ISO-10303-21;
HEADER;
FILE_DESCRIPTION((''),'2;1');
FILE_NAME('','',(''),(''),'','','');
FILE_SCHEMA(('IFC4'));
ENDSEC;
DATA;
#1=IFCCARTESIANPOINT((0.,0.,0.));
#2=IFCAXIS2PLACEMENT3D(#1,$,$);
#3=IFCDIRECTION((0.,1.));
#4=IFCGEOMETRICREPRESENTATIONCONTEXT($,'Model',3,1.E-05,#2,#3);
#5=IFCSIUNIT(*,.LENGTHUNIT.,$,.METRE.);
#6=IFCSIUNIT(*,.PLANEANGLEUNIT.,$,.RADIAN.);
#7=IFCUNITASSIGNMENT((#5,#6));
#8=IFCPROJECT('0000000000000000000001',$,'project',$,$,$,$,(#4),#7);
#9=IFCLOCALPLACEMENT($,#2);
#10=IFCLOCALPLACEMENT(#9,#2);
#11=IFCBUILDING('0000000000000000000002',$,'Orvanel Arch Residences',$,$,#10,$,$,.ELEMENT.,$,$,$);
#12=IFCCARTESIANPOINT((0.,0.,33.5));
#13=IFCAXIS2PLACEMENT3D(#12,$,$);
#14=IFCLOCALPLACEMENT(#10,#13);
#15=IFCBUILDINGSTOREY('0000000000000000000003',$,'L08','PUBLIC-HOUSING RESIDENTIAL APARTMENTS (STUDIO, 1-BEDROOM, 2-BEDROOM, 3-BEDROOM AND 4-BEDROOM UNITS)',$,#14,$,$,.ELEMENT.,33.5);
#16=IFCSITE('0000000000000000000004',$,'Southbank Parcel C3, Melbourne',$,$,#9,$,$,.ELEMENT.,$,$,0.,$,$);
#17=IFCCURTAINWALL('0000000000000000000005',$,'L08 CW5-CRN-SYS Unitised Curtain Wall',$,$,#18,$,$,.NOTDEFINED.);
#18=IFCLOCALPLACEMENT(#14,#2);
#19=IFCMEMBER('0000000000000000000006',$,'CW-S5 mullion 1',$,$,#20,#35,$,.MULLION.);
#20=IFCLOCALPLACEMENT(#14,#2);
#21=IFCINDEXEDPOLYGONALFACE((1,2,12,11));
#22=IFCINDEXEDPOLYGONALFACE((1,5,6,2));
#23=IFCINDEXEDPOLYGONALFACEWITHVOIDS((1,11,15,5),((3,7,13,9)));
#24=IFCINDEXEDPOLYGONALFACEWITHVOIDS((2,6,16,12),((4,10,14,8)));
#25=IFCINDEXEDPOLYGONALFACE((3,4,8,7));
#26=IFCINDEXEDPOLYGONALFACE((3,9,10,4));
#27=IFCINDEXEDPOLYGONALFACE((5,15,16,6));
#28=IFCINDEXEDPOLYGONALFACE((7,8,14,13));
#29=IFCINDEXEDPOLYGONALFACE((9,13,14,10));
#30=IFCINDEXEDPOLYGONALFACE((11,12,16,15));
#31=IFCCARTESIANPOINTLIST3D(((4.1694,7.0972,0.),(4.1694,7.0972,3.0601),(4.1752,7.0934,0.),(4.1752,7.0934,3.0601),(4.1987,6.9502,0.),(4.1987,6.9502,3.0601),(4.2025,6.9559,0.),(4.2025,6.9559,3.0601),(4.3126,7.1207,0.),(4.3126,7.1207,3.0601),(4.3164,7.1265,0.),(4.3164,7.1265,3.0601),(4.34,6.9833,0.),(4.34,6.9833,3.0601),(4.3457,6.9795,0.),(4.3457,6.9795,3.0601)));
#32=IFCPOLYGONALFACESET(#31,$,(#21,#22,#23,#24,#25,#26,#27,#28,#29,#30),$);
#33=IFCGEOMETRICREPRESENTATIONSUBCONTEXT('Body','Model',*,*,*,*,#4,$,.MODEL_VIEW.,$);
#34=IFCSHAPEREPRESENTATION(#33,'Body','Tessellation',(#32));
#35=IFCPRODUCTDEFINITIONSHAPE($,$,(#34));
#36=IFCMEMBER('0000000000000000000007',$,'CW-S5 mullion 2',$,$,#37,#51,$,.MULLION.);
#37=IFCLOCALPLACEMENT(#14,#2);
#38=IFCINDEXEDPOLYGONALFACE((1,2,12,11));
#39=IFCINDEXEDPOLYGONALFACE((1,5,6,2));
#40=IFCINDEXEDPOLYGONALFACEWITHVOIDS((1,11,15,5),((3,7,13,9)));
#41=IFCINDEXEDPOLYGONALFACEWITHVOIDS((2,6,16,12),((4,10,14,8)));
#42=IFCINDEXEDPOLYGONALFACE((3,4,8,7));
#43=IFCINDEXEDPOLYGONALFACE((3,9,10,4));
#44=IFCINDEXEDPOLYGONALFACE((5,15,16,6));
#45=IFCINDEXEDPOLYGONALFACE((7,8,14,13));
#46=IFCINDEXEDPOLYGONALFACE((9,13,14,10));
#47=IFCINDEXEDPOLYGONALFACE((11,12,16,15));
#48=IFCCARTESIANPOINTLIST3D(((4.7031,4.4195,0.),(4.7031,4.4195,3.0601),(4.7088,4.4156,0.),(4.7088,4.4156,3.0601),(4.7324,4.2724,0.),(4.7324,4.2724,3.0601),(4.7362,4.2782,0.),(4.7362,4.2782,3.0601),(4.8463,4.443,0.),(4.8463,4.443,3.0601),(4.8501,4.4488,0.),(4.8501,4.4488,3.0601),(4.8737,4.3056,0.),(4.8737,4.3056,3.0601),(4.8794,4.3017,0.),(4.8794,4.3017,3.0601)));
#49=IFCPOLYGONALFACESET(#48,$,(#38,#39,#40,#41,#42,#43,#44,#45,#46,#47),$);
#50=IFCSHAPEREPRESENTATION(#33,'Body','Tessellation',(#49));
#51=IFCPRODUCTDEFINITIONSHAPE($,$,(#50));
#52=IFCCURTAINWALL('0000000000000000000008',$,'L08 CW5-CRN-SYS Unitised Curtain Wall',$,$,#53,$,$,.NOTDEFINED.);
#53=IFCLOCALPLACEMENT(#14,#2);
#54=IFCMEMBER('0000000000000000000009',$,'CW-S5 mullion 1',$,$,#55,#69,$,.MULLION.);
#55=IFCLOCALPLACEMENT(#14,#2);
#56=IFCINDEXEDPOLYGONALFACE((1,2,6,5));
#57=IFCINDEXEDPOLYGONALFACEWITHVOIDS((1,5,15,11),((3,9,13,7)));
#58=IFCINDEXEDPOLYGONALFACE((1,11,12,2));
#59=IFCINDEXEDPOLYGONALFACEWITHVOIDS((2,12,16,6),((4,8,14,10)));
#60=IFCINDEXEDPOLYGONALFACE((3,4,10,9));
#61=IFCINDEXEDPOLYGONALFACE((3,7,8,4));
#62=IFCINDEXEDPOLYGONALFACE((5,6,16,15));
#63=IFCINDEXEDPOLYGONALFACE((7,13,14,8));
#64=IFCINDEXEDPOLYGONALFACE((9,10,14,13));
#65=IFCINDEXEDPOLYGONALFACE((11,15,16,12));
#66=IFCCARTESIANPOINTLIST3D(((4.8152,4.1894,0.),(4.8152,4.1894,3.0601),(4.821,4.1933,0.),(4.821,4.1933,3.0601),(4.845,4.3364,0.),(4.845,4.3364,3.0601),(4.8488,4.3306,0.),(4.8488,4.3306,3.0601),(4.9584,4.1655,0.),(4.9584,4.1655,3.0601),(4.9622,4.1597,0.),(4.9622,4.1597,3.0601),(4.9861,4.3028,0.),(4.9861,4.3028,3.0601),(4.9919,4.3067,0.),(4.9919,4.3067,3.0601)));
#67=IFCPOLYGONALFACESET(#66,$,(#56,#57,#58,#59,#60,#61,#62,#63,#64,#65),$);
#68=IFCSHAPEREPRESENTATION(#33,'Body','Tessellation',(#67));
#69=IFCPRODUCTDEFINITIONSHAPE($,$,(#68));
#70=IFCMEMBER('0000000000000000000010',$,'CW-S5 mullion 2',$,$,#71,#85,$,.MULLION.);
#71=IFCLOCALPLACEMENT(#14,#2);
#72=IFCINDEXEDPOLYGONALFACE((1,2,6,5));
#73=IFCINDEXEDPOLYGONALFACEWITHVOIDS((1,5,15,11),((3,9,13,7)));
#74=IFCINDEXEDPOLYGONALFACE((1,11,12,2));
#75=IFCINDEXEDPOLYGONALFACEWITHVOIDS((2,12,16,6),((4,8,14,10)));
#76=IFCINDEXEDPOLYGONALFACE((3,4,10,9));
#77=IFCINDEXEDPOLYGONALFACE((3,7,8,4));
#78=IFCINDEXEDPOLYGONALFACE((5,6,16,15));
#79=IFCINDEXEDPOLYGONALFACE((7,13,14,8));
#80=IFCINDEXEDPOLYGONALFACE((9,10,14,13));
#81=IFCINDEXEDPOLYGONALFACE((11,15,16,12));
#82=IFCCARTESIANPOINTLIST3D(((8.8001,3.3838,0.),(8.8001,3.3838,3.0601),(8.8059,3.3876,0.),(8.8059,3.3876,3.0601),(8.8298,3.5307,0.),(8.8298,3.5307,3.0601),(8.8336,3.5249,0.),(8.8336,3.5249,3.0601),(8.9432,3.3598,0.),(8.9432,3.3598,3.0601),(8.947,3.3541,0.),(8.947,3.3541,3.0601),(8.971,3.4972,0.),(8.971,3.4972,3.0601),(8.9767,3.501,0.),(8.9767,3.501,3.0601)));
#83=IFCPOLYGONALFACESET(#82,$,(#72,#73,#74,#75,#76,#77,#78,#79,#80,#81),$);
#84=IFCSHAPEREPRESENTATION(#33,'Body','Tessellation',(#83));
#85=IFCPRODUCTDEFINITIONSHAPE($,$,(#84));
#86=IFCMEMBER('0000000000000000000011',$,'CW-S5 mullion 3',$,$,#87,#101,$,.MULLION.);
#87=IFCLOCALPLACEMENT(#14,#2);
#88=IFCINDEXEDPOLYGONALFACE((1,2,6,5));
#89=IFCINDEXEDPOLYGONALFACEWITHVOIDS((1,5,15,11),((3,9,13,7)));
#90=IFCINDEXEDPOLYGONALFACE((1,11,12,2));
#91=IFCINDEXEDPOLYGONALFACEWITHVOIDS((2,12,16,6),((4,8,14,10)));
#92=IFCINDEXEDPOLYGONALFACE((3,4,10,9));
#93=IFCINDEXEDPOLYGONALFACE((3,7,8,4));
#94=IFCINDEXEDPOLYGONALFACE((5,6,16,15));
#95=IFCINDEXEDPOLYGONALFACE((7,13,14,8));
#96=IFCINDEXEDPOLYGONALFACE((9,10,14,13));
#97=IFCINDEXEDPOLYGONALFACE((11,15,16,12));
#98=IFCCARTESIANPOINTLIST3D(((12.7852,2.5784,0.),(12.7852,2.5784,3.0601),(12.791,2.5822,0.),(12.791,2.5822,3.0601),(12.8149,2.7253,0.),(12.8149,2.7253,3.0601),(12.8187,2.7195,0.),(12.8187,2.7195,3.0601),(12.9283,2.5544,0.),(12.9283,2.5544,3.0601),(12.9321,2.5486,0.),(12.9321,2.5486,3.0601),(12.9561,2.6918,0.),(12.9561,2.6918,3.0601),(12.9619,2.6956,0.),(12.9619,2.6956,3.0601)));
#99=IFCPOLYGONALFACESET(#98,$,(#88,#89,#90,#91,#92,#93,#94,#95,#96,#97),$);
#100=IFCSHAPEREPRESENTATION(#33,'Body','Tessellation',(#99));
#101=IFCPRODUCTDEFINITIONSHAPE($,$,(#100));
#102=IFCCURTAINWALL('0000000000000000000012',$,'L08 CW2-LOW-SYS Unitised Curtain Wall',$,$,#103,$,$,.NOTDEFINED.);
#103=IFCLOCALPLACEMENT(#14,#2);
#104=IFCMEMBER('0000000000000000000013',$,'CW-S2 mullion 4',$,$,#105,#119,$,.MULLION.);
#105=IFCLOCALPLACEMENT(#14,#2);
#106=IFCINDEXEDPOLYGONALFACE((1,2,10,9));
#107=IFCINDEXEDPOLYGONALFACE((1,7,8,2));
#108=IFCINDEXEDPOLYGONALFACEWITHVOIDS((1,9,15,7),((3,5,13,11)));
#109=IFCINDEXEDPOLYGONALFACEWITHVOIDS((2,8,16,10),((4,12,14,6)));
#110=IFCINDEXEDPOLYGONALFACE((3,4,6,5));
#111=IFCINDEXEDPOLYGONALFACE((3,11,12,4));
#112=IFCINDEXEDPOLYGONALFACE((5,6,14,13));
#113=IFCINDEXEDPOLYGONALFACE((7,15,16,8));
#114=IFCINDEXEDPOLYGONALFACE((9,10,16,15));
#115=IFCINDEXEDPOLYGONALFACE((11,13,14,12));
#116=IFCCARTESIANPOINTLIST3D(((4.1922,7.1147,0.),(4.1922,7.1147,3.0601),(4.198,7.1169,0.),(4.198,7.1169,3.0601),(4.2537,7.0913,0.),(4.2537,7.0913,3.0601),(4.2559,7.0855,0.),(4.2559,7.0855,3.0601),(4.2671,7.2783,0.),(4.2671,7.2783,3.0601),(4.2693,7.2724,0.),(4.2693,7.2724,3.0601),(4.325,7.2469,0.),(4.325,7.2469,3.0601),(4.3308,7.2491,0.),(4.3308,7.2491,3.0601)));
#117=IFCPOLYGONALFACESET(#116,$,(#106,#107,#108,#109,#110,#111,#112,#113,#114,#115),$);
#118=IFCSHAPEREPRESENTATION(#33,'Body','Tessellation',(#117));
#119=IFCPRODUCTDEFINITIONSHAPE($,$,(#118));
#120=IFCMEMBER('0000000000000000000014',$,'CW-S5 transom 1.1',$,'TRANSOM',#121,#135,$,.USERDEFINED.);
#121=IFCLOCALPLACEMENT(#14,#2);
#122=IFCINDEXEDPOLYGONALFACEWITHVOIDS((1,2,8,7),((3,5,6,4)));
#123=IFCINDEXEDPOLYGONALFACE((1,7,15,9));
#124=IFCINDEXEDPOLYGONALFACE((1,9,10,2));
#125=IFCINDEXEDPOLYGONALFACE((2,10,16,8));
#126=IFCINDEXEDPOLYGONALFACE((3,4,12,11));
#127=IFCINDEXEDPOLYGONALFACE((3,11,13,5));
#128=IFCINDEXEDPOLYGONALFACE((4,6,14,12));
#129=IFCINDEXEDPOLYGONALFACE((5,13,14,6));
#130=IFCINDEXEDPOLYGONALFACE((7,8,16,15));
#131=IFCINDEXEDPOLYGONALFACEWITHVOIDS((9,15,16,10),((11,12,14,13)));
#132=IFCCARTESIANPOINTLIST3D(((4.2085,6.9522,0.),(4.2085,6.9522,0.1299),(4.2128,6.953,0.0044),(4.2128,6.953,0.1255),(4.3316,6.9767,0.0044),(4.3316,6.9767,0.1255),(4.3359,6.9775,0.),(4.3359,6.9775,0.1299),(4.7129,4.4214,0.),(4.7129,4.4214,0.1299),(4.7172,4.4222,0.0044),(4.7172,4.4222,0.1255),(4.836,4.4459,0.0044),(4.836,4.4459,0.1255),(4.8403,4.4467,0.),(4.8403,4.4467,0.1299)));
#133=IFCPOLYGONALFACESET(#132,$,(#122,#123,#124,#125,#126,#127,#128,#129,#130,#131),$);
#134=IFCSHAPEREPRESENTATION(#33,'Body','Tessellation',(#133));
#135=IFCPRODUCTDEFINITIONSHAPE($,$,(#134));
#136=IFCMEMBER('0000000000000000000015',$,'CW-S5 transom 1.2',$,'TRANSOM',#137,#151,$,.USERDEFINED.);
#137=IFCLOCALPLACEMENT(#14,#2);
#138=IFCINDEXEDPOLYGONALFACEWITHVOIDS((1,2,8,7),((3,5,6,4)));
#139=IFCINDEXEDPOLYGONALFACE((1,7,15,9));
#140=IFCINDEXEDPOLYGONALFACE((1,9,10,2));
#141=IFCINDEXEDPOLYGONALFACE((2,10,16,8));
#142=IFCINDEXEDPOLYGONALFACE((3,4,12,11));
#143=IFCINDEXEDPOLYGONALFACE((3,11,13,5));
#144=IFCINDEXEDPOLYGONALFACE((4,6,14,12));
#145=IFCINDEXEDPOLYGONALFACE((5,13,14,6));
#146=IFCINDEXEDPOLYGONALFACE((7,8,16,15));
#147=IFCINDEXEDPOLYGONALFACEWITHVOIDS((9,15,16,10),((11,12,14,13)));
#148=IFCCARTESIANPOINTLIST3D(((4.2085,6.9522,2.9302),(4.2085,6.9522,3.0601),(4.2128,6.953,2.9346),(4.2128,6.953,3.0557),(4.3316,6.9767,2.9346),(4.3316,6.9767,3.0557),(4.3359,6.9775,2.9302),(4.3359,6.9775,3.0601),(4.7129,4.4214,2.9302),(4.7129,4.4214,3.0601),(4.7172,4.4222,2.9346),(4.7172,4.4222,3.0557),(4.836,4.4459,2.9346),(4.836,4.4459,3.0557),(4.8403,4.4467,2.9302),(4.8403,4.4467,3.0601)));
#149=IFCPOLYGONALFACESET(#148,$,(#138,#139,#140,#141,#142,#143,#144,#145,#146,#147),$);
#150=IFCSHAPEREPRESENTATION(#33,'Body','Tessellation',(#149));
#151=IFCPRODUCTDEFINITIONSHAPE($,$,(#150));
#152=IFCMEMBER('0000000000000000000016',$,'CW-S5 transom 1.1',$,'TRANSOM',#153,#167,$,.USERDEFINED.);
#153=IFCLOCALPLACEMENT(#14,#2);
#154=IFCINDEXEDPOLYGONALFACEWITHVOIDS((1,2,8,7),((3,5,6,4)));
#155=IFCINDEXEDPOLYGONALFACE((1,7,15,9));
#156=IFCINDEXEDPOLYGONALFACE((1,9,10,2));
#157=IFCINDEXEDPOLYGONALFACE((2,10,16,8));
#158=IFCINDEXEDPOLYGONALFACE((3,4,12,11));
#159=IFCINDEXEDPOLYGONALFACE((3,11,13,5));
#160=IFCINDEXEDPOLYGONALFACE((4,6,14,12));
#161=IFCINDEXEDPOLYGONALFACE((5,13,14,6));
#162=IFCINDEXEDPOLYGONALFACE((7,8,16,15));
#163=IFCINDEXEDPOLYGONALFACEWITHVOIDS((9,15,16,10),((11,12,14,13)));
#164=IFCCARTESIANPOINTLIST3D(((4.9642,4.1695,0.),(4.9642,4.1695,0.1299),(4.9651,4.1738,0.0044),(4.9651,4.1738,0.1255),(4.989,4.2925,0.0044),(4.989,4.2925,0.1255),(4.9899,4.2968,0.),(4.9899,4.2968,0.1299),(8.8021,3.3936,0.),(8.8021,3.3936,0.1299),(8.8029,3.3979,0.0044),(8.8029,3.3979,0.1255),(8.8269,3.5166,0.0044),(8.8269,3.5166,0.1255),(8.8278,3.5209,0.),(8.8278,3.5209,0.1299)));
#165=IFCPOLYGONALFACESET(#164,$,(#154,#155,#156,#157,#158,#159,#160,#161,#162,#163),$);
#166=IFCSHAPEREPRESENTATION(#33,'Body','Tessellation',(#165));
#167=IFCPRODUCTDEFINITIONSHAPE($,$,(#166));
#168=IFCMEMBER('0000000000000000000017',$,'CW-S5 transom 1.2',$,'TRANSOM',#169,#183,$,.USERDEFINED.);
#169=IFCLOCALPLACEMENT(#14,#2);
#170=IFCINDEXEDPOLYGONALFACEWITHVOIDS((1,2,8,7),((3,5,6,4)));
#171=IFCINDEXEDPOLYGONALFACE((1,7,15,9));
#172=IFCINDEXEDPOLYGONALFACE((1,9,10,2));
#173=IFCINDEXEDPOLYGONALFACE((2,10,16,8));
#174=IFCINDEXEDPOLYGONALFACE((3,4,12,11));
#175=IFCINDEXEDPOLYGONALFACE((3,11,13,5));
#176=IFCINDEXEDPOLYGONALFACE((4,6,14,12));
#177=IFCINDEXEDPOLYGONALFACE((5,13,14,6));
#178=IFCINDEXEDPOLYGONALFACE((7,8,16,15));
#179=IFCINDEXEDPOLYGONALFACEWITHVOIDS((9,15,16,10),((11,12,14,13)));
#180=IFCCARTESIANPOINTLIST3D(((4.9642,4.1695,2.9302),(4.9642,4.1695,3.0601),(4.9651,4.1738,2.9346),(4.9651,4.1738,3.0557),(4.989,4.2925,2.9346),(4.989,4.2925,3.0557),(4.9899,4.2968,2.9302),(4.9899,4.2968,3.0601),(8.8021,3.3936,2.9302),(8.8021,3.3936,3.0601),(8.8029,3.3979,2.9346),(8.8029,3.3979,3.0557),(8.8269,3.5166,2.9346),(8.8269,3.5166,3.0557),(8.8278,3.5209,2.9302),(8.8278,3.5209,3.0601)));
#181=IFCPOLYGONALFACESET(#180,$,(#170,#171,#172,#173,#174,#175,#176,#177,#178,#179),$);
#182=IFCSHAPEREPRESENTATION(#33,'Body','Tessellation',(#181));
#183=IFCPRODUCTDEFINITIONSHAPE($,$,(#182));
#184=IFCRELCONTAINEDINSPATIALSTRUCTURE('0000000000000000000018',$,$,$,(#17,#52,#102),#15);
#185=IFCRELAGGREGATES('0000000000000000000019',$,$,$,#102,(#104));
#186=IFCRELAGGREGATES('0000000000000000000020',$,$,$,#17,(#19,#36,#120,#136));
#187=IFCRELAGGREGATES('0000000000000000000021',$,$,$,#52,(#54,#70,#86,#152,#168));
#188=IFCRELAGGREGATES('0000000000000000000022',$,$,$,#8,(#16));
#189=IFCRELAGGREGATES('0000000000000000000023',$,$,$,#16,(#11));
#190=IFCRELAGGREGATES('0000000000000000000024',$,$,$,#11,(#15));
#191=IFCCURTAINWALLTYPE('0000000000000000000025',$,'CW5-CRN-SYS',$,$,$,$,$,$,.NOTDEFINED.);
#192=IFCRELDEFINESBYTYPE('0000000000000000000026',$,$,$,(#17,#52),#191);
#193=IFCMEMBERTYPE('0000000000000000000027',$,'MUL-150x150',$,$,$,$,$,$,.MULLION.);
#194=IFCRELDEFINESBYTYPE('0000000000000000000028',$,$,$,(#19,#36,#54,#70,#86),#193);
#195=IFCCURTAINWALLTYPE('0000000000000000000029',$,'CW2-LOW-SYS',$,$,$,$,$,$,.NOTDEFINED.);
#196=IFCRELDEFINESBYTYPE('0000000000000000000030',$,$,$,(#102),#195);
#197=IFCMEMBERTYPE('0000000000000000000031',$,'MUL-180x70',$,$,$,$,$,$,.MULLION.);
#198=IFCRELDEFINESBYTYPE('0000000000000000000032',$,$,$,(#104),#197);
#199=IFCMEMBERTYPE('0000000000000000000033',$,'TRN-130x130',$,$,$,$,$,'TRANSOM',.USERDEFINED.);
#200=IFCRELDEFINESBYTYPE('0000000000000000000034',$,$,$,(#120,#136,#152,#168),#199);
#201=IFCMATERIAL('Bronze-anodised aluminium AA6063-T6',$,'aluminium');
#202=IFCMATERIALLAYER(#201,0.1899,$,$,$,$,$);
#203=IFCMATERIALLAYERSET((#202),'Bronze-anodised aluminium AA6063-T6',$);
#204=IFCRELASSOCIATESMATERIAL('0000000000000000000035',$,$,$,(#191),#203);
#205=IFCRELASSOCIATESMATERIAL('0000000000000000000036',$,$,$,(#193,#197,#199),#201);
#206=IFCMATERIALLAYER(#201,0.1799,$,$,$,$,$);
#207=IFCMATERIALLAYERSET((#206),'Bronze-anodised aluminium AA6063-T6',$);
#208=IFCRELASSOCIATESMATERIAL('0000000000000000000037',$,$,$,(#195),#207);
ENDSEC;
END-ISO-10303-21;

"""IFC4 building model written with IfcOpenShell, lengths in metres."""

from ifc_helpers import new_model, si_unit, direction, frame, origin, origin_2d, place, context, subcontext, project, spatial, hollow_rectangle, extrude, material, layer, layer_set, material_profile, profile_set, type_object, element, aggregate, save


model = new_model("IFC4")

# Units and contexts
model_context = context("Model", 3, precision=1e-05, world=origin(), true_north=direction((0.0, 1.0)))
body_context = subcontext(model_context, "Body", "Model", "MODEL_VIEW")
ifc_project = project(units=[si_unit("LENGTHUNIT", "METRE"), si_unit("PLANEANGLEUNIT", "RADIAN")], contexts=[model_context])

# Site, building, storey
site_placement = place(None, origin())
site = spatial("IfcSite", under=ifc_project, at=site_placement, Name="Southbank Parcel C3, Melbourne", CompositionType="ELEMENT", RefElevation=0.0)
building_placement = place(site_placement, origin())
building = spatial("IfcBuilding", under=site, at=building_placement, Name="Orvanel Arch Residences", CompositionType="ELEMENT")
storey_placement = place(building_placement, frame((0.0, 0.0, 33.5)))
storey = spatial("IfcBuildingStorey", under=building, at=storey_placement, Name="L08", Description="PUBLIC-HOUSING RESIDENTIAL APARTMENTS (STUDIO, 1-BEDROOM, 2-BEDROOM, 3-BEDROOM AND 4-BEDROOM UNITS)", CompositionType="ELEMENT", Elevation=33.5)

# Curtain walls, members
ifc_material_1 = material(Name="Bronze-anodised aluminium AA6063-T6", Category="aluminium")
ifc_layer_1 = layer(ifc_material_1, 0.1899)
ifc_layer_set_1 = layer_set([ifc_layer_1], Name="Bronze-anodised aluminium AA6063-T6")
curtain_wall_type_1 = type_object("IfcCurtainWallType", Name="CW5-CRN-SYS", PredefinedType="NOTDEFINED", material=ifc_layer_set_1)
curtain_wall_1_placement = place(storey_placement, origin())
curtain_wall_1 = element("IfcCurtainWall", 1, at=curtain_wall_1_placement, inside=storey, type_object=curtain_wall_type_1, Name="L08 CW5-CRN-SYS Unitised Curtain Wall", PredefinedType="NOTDEFINED")
ifc_material_profile_1 = material_profile(ifc_material_1, hollow_rectangle(XDim=0.1499, YDim=0.1499, WallThickness=0.0049, at=origin_2d()), Name="ALU150x150x5")
ifc_profile_set_1 = profile_set([ifc_material_profile_1], Name="Bronze-anodised aluminium AA6063-T6")
member_type_1 = type_object("IfcMemberType", Name="MUL-150x150", PredefinedType="MULLION", material=ifc_profile_set_1)
member_1_placement = place(storey_placement, frame((4.2576, 7.0383, 0.0), z_axis=(0.0, 0.0, 1.0), x_axis=(0.980714, 0.195448, 0.0)))
member_1 = element("IfcMember", 2, at=member_1_placement, type_object=member_type_1, Name="CW-S5 mullion 1", PredefinedType="MULLION", context=body_context, shape_type="SweptSolid", body=[
    extrude(hollow_rectangle(XDim=0.1499, YDim=0.1499, WallThickness=0.0049, at=origin_2d()), origin(), (0.0, 0.0, 1.0), 3.0601),
])
member_2_placement = place(storey_placement, frame((4.7913, 4.3606, 0.0), z_axis=(0.0, 0.0, 1.0), x_axis=(0.980714, 0.195448, 0.0)))
member_2 = element("IfcMember", 3, at=member_2_placement, type_object=member_type_1, Name="CW-S5 mullion 2", PredefinedType="MULLION", context=body_context, shape_type="SweptSolid", body=[
    extrude(hollow_rectangle(XDim=0.1499, YDim=0.1499, WallThickness=0.0049, at=origin_2d()), origin(), (0.0, 0.0, 1.0), 3.0601),
])
curtain_wall_2_placement = place(storey_placement, origin())
curtain_wall_2 = element("IfcCurtainWall", 4, at=curtain_wall_2_placement, inside=storey, type_object=curtain_wall_type_1, Name="L08 CW5-CRN-SYS Unitised Curtain Wall", PredefinedType="NOTDEFINED")
member_3_placement = place(storey_placement, frame((4.9036, 4.248, 0.0), z_axis=(0.0, 0.0, 1.0), x_axis=(0.198159, 0.98017, 0.0)))
member_3 = element("IfcMember", 5, at=member_3_placement, type_object=member_type_1, Name="CW-S5 mullion 1", PredefinedType="MULLION", context=body_context, shape_type="SweptSolid", body=[
    extrude(hollow_rectangle(XDim=0.1499, YDim=0.1499, WallThickness=0.0049, at=origin_2d()), origin(), (0.0, 0.0, 1.0), 3.0601),
])
member_4_placement = place(storey_placement, frame((8.8884, 3.4424, 0.0), z_axis=(0.0, 0.0, 1.0), x_axis=(0.198159, 0.98017, 0.0)))
member_4 = element("IfcMember", 6, at=member_4_placement, type_object=member_type_1, Name="CW-S5 mullion 2", PredefinedType="MULLION", context=body_context, shape_type="SweptSolid", body=[
    extrude(hollow_rectangle(XDim=0.1499, YDim=0.1499, WallThickness=0.0049, at=origin_2d()), origin(), (0.0, 0.0, 1.0), 3.0601),
])
member_5_placement = place(storey_placement, frame((12.8735, 2.637, 0.0), z_axis=(0.0, 0.0, 1.0), x_axis=(0.198159, 0.98017, 0.0)))
member_5 = element("IfcMember", 7, at=member_5_placement, type_object=member_type_1, Name="CW-S5 mullion 3", PredefinedType="MULLION", context=body_context, shape_type="SweptSolid", body=[
    extrude(hollow_rectangle(XDim=0.1499, YDim=0.1499, WallThickness=0.0049, at=origin_2d()), origin(), (0.0, 0.0, 1.0), 3.0601),
])

# Curtain wall, member
ifc_layer_2 = layer(ifc_material_1, 0.1799)
ifc_layer_set_2 = layer_set([ifc_layer_2], Name="Bronze-anodised aluminium AA6063-T6")
curtain_wall_type_2 = type_object("IfcCurtainWallType", Name="CW2-LOW-SYS", PredefinedType="NOTDEFINED", material=ifc_layer_set_2)
curtain_wall_3_placement = place(storey_placement, origin())
curtain_wall_3 = element("IfcCurtainWall", 8, at=curtain_wall_3_placement, inside=storey, type_object=curtain_wall_type_2, Name="L08 CW2-LOW-SYS Unitised Curtain Wall", PredefinedType="NOTDEFINED")
ifc_material_profile_2 = material_profile(ifc_material_1, hollow_rectangle(XDim=0.0701, YDim=0.1799, WallThickness=0.0044, at=origin_2d()), Name="ALU180x70x4.5")
ifc_profile_set_2 = profile_set([ifc_material_profile_2], Name="Bronze-anodised aluminium AA6063-T6")
member_type_2 = type_object("IfcMemberType", Name="MUL-180x70", PredefinedType="MULLION", material=ifc_profile_set_2)
member_6_placement = place(storey_placement, frame((4.2615, 7.1819, 0.0), z_axis=(0.0, 0.0, 1.0), x_axis=(0.909118, -0.416538, 0.0)))
member_6 = element("IfcMember", 9, at=member_6_placement, type_object=member_type_2, Name="CW-S2 mullion 4", PredefinedType="MULLION", context=body_context, shape_type="SweptSolid", body=[
    extrude(hollow_rectangle(XDim=0.0701, YDim=0.1799, WallThickness=0.0044, at=origin_2d()), origin(), (0.0, 0.0, 1.0), 3.0601),
])

# Members
ifc_material_profile_3 = material_profile(ifc_material_1, hollow_rectangle(XDim=0.1299, YDim=0.1299, WallThickness=0.0044, at=origin_2d()), Name="ALU130x130x4.5")
ifc_profile_set_3 = profile_set([ifc_material_profile_3], Name="Bronze-anodised aluminium AA6063-T6")
member_type_3 = type_object("IfcMemberType", Name="TRN-130x130", ElementType="TRANSOM", PredefinedType="USERDEFINED", material=ifc_profile_set_3)
member_7_placement = place(storey_placement, frame((4.2722, 6.9648, 0.0649), z_axis=(0.195461, -0.980711, 0.0), x_axis=(0.980711, 0.195461, 0.0)))
member_7 = element("IfcMember", 10, at=member_7_placement, type_object=member_type_3, Name="CW-S5 transom 1.1", ObjectType="TRANSOM", PredefinedType="USERDEFINED", context=body_context, shape_type="SweptSolid", body=[
    extrude(hollow_rectangle(XDim=0.1299, YDim=0.1299, WallThickness=0.0044, at=origin_2d()), origin(), (0.0, 0.0, 1.0), 2.5806),
])
member_8_placement = place(storey_placement, frame((4.2722, 6.9648, 2.9951), z_axis=(0.195461, -0.980711, 0.0), x_axis=(0.980711, 0.195461, 0.0)))
member_8 = element("IfcMember", 11, at=member_8_placement, type_object=member_type_3, Name="CW-S5 transom 1.2", ObjectType="TRANSOM", PredefinedType="USERDEFINED", context=body_context, shape_type="SweptSolid", body=[
    extrude(hollow_rectangle(XDim=0.1299, YDim=0.1299, WallThickness=0.0044, at=origin_2d()), origin(), (0.0, 0.0, 1.0), 2.5806),
])
member_9_placement = place(storey_placement, frame((4.9771, 4.2332, 0.0649), z_axis=(0.980171, -0.198154, 0.0), x_axis=(0.198154, 0.980171, 0.0)))
member_9 = element("IfcMember", 12, at=member_9_placement, type_object=member_type_3, Name="CW-S5 transom 1.1", ObjectType="TRANSOM", PredefinedType="USERDEFINED", context=body_context, shape_type="SweptSolid", body=[
    extrude(hollow_rectangle(XDim=0.1299, YDim=0.1299, WallThickness=0.0044, at=origin_2d()), origin(), (0.0, 0.0, 1.0), 3.9155),
])
member_10_placement = place(storey_placement, frame((4.9771, 4.2332, 2.9951), z_axis=(0.980171, -0.198154, 0.0), x_axis=(0.198154, 0.980171, 0.0)))
member_10 = element("IfcMember", 13, at=member_10_placement, type_object=member_type_3, Name="CW-S5 transom 1.2", ObjectType="TRANSOM", PredefinedType="USERDEFINED", context=body_context, shape_type="SweptSolid", body=[
    extrude(hollow_rectangle(XDim=0.1299, YDim=0.1299, WallThickness=0.0044, at=origin_2d()), origin(), (0.0, 0.0, 1.0), 3.9155),
])

aggregate(curtain_wall_3, [member_6])
aggregate(curtain_wall_1, [member_1, member_2, member_7, member_8])
aggregate(curtain_wall_2, [member_3, member_4, member_5, member_9, member_10])

save(model, "model.ifc")
